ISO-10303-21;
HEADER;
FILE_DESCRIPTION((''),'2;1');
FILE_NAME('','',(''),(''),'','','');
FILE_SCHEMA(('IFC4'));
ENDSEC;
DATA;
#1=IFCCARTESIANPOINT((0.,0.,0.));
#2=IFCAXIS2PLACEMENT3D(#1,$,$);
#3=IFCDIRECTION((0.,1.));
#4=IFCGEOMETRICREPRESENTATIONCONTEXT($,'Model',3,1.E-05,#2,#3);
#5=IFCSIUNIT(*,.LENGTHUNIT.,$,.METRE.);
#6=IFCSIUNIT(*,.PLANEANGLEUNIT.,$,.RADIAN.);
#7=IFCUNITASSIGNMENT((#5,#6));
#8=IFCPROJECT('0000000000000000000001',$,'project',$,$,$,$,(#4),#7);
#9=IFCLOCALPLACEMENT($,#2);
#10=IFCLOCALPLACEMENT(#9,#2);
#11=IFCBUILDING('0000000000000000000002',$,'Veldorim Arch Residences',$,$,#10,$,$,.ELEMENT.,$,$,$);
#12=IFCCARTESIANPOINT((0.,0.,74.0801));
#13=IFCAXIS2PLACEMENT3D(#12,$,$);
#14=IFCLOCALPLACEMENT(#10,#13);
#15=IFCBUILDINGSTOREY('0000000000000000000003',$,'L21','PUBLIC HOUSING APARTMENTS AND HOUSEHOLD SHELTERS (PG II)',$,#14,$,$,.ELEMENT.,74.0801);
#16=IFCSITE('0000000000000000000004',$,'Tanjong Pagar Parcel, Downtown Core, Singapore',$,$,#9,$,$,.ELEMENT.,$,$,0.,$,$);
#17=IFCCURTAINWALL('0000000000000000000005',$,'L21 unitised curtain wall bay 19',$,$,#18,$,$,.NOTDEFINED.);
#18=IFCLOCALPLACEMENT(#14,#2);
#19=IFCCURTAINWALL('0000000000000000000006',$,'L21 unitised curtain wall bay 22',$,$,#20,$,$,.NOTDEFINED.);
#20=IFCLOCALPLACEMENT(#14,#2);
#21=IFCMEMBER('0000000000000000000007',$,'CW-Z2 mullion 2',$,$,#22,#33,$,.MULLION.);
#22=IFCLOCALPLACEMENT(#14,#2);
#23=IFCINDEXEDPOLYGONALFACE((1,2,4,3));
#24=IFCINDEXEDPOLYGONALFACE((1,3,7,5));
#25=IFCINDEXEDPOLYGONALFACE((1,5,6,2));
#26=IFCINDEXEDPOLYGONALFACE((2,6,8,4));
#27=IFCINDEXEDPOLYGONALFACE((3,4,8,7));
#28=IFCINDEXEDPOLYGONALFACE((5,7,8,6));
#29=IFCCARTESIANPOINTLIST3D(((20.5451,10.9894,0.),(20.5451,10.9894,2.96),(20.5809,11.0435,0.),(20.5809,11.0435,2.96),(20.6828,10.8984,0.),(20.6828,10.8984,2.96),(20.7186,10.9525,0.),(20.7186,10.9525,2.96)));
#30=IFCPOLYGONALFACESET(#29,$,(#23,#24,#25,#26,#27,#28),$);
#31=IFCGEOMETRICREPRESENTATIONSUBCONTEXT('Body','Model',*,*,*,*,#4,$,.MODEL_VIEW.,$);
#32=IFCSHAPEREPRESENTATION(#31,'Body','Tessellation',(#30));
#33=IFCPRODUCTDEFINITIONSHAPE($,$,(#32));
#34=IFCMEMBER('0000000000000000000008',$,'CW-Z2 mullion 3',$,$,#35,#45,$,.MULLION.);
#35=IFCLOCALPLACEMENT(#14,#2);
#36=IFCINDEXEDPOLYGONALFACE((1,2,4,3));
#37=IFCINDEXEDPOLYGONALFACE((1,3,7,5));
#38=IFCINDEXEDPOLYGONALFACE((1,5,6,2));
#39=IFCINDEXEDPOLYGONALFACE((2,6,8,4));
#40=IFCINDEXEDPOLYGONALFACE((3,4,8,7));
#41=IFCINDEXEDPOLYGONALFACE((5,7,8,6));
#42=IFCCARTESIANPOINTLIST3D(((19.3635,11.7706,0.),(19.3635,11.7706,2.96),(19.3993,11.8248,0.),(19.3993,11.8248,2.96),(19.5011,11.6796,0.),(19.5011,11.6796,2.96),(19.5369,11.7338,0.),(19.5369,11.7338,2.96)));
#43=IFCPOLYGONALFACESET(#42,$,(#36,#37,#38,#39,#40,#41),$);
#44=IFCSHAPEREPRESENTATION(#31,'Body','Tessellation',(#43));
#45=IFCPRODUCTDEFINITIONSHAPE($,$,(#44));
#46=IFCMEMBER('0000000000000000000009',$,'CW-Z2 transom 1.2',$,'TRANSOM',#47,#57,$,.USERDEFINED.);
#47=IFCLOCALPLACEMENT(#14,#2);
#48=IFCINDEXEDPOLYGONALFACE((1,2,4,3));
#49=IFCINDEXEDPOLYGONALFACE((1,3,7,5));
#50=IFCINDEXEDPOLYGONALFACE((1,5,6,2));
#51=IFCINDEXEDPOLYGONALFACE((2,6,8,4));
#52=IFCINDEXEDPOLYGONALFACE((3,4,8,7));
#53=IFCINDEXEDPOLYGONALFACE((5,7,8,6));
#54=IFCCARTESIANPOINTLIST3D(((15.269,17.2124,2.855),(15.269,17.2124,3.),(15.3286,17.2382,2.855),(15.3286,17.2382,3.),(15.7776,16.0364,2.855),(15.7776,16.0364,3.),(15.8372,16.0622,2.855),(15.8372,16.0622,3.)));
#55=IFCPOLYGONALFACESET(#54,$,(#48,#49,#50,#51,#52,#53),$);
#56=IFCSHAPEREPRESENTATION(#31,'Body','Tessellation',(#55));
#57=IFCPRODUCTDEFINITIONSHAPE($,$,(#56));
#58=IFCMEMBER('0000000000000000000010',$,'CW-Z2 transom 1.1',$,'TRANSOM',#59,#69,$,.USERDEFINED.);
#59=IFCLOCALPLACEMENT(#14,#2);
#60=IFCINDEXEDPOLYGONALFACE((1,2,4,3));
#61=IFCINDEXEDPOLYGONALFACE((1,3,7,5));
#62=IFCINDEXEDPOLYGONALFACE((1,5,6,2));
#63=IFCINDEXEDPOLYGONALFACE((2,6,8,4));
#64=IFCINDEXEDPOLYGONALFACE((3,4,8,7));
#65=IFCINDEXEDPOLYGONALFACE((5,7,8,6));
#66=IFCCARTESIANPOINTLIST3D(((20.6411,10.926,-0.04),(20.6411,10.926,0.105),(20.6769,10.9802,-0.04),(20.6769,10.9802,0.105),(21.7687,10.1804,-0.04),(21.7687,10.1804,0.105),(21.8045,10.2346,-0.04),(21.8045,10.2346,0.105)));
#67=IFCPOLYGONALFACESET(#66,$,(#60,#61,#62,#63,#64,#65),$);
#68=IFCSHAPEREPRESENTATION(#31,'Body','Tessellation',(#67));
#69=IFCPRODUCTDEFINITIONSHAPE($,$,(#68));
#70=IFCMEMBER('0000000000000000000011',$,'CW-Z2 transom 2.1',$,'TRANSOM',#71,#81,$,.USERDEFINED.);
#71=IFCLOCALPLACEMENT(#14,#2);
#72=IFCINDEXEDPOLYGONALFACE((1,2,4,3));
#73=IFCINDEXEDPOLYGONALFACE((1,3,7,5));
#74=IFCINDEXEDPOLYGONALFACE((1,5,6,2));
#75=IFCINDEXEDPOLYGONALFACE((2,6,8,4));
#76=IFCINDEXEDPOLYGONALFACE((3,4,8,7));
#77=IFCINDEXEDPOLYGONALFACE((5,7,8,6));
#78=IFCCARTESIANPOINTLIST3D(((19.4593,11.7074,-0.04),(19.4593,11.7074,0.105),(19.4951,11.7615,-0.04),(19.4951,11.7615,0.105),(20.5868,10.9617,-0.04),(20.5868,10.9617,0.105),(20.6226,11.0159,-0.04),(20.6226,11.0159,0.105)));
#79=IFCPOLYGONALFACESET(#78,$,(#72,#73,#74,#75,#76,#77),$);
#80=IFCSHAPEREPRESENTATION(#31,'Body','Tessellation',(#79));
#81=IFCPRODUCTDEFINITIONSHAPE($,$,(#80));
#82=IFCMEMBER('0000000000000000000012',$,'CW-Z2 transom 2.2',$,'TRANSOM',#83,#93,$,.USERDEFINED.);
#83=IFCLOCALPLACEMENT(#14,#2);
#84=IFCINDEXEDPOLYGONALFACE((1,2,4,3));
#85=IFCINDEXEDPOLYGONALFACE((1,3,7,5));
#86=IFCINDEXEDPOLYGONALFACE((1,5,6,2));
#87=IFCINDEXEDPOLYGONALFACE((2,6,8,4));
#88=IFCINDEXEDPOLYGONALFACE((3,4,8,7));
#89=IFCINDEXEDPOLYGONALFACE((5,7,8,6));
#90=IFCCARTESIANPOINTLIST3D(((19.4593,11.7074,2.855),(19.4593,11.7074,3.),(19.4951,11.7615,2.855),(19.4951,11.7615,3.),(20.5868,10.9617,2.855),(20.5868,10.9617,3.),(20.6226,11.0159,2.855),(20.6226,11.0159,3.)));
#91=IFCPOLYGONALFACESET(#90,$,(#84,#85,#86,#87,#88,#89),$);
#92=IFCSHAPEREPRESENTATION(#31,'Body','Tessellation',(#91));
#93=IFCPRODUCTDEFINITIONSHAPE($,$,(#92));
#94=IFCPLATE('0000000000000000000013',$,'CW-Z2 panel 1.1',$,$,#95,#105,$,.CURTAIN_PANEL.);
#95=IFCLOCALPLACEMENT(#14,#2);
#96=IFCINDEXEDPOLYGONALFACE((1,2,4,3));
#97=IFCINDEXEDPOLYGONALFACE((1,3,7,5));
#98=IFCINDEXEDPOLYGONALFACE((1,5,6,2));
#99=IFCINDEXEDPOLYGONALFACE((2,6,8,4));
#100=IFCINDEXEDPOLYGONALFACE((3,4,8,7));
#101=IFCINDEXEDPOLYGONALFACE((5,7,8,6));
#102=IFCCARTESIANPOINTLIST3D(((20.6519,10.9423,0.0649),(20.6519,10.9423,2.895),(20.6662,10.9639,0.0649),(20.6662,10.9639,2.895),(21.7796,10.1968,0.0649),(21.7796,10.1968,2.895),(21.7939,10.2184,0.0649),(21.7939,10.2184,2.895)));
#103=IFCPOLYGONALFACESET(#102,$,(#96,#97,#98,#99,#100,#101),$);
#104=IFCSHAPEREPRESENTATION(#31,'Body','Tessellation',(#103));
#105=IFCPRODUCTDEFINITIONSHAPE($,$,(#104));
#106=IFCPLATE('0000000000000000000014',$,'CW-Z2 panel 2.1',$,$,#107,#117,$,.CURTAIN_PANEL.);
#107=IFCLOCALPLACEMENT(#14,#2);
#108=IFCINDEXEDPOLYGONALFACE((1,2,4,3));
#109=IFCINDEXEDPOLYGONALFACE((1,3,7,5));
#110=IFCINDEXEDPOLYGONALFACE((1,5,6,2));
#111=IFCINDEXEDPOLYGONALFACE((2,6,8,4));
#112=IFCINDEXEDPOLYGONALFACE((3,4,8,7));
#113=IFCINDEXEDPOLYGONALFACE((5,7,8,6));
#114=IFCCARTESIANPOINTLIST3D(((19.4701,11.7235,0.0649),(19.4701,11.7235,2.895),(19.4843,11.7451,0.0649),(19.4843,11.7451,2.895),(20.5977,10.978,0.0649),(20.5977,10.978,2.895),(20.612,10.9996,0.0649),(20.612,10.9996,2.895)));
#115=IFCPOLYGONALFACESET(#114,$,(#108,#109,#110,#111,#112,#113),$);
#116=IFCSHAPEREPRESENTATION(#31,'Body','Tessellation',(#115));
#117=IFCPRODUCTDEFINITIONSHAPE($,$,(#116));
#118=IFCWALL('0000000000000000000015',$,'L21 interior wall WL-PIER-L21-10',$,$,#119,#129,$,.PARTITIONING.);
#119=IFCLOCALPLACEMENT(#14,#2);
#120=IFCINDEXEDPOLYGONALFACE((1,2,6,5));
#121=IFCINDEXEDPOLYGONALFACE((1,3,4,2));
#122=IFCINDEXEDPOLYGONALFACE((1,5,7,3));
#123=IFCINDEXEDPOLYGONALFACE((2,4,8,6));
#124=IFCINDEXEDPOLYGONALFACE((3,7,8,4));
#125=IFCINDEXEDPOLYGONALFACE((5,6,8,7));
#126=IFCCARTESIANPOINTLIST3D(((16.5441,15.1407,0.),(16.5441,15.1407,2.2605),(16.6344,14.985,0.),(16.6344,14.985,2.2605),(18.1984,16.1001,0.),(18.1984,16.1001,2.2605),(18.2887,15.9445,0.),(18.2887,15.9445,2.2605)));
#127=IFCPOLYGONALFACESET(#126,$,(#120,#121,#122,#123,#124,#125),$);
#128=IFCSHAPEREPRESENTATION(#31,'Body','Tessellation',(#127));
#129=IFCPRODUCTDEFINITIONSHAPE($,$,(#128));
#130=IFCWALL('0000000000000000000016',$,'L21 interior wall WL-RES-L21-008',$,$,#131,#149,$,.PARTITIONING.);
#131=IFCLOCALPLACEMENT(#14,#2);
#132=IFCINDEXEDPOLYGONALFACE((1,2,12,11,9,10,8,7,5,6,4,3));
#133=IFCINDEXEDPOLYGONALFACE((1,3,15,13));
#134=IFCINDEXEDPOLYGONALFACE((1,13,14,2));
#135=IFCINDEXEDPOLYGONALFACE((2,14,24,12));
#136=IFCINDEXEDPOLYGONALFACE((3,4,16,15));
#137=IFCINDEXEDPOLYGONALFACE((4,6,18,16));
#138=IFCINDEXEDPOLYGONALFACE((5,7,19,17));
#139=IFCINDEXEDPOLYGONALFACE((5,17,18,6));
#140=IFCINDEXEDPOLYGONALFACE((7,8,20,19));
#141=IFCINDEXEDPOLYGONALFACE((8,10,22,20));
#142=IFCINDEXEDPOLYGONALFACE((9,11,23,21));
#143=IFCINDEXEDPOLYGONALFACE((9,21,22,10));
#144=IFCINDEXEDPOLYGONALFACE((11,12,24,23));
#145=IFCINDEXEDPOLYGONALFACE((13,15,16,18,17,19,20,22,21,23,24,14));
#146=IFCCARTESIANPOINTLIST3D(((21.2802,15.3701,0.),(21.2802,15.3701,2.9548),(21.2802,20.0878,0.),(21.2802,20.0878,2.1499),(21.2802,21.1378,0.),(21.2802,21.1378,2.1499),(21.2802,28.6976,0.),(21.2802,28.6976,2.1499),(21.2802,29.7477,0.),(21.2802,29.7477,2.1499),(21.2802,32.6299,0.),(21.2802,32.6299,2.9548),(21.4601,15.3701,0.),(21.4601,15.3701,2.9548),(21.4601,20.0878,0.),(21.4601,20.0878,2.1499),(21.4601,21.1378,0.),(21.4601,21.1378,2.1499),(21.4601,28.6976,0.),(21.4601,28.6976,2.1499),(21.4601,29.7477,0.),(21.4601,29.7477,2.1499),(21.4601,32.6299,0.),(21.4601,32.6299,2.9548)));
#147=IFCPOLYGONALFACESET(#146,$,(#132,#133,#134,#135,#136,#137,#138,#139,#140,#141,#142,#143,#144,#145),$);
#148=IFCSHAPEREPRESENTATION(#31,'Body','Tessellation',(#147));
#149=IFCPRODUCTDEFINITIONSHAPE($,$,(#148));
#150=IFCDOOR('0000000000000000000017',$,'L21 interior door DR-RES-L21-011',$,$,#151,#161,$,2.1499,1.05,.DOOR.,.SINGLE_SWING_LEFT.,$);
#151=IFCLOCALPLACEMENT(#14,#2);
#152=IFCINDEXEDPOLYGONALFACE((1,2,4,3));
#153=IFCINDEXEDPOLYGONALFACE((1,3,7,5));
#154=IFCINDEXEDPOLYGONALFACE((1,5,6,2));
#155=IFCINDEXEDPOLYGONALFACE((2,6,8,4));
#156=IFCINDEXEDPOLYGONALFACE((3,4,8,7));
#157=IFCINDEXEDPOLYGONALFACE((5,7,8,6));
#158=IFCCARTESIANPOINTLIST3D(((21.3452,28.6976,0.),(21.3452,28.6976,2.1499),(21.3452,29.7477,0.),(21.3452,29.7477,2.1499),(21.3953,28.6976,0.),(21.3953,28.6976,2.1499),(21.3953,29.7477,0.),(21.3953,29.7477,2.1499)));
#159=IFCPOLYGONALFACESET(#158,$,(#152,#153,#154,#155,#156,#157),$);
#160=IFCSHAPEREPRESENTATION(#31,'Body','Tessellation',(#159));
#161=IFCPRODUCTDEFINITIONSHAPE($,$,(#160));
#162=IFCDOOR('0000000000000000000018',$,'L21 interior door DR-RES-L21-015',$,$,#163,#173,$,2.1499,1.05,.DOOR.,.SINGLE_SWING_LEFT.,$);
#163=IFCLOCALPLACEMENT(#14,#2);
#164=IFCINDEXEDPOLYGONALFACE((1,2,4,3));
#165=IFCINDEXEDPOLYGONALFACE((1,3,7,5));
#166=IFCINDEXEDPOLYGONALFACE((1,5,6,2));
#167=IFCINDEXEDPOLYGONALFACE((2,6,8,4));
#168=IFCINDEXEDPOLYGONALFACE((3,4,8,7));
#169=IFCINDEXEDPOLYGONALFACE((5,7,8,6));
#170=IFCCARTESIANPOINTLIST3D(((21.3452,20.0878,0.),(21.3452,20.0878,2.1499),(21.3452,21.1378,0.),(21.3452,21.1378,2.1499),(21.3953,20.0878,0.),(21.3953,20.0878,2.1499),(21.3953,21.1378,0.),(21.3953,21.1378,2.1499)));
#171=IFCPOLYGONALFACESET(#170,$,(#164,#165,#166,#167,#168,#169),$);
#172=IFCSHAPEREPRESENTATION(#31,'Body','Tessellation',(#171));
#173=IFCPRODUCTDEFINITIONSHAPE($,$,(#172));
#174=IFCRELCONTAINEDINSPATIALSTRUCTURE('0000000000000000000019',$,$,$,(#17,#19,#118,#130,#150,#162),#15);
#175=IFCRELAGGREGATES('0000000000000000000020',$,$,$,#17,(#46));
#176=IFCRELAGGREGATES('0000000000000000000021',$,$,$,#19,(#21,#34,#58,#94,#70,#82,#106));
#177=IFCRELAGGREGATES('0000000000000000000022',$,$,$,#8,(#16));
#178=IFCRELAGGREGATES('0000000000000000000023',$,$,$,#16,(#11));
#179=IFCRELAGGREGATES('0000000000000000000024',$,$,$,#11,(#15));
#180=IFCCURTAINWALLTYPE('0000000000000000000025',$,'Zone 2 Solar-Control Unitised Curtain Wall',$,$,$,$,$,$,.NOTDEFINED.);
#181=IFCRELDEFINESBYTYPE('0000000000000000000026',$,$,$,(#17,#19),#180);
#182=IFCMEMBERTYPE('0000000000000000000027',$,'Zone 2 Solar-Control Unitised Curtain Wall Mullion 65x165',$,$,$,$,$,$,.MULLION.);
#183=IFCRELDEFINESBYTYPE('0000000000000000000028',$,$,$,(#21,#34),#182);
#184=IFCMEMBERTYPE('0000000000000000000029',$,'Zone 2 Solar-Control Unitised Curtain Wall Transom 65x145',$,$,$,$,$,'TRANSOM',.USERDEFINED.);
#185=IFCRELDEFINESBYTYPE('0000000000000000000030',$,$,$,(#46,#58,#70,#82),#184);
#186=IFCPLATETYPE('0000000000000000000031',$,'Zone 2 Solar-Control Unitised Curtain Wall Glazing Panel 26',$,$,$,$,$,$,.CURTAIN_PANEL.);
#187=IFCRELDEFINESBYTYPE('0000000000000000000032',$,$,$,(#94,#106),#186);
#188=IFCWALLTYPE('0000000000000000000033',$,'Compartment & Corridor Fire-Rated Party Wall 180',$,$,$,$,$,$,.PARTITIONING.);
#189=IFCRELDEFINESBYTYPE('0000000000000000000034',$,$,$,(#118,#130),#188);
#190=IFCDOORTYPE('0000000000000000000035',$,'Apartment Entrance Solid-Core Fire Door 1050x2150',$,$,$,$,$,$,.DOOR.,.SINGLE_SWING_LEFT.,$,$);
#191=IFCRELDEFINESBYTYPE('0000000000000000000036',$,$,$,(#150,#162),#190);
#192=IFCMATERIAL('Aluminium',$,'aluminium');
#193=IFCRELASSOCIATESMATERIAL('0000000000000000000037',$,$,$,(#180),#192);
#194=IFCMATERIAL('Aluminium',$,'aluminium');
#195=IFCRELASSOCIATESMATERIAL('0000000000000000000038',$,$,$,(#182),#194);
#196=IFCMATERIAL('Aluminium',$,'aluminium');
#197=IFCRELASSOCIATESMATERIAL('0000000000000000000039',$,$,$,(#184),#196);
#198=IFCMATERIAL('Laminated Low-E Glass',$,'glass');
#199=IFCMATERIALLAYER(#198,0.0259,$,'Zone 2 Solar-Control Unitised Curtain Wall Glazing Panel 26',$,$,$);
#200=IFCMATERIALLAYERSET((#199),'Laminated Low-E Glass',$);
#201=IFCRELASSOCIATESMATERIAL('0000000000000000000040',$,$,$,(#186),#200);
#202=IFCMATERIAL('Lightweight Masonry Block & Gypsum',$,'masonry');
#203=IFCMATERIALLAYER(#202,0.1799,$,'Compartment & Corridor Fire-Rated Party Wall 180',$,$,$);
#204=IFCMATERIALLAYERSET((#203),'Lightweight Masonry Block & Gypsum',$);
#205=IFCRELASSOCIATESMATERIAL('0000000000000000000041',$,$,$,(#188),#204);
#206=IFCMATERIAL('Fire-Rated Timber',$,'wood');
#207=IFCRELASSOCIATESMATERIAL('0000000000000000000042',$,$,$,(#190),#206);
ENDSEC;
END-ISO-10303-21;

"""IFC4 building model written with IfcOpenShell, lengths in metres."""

from ifc_helpers import new_model, si_unit, direction, frame, frame_2d, origin, origin_2d, place, context, subcontext, project, spatial, rectangle, extrude, material, layer, layer_set, material_profile, profile_set, type_object, element, fill, aggregate, save


model = new_model("IFC4")

# Units and contexts
model_context = context("Model", 3, precision=1e-05, world=origin(), true_north=direction((0.0, 1.0)))
body_context = subcontext(model_context, "Body", "Model", "MODEL_VIEW")
ifc_project = project(units=[si_unit("LENGTHUNIT", "METRE"), si_unit("PLANEANGLEUNIT", "RADIAN")], contexts=[model_context])

# Site, building, storey
site_placement = place(None, origin())
site = spatial("IfcSite", under=ifc_project, at=site_placement, Name="Tanjong Pagar Parcel, Downtown Core, Singapore", CompositionType="ELEMENT", RefElevation=0.0)
building_placement = place(site_placement, origin())
building = spatial("IfcBuilding", under=site, at=building_placement, Name="Veldorim Arch Residences", CompositionType="ELEMENT")
storey_placement = place(building_placement, frame((0.0, 0.0, 74.0801)))
storey = spatial("IfcBuildingStorey", under=building, at=storey_placement, Name="L21", Description="PUBLIC HOUSING APARTMENTS AND HOUSEHOLD SHELTERS (PG II)", CompositionType="ELEMENT", Elevation=74.0801)

# Curtain wall
ifc_material_1 = material(Name="Aluminium", Category="aluminium")
curtain_wall_type = type_object("IfcCurtainWallType", Name="Zone 2 Solar-Control Unitised Curtain Wall", PredefinedType="NOTDEFINED", material=ifc_material_1)
curtain_wall_1_placement = place(storey_placement, origin())
curtain_wall_1 = element("IfcCurtainWall", 1, at=curtain_wall_1_placement, inside=storey, type_object=curtain_wall_type, Name="L21 unitised curtain wall bay 19", PredefinedType="NOTDEFINED")
ifc_material_2 = material(Name="Aluminium", Category="aluminium")
ifc_material_profile_1 = material_profile(ifc_material_2, rectangle(XDim=0.0649, YDim=0.165, at=origin_2d()), Name="ALU_MUL_65x165")
ifc_profile_set_1 = profile_set([ifc_material_profile_1], Name="Aluminium")
member_type_1 = type_object("IfcMemberType", Name="Zone 2 Solar-Control Unitised Curtain Wall Mullion 65x165", PredefinedType="MULLION", material=ifc_profile_set_1)

# Curtain wall, members
curtain_wall_2_placement = place(storey_placement, origin())
curtain_wall_2 = element("IfcCurtainWall", 2, at=curtain_wall_2_placement, inside=storey, type_object=curtain_wall_type, Name="L21 unitised curtain wall bay 22", PredefinedType="NOTDEFINED")
member_1_placement = place(storey_placement, frame((20.6318, 10.9709, 0.0), z_axis=(0.0, 0.0, 1.0), x_axis=(-0.551503, -0.834173, 0.0)))
member_1 = element("IfcMember", 3, at=member_1_placement, type_object=member_type_1, Name="CW-Z2 mullion 2", PredefinedType="MULLION", context=body_context, shape_type="SweptSolid", body=[
    extrude(rectangle(XDim=0.0649, YDim=0.165, at=origin_2d()), origin(), (0.0, 0.0, 1.0), 2.96),
])
member_2_placement = place(storey_placement, frame((19.4502, 11.7522, 0.0), z_axis=(0.0, 0.0, 1.0), x_axis=(-0.551503, -0.834173, 0.0)))
member_2 = element("IfcMember", 4, at=member_2_placement, type_object=member_type_1, Name="CW-Z2 mullion 3", PredefinedType="MULLION", context=body_context, shape_type="SweptSolid", body=[
    extrude(rectangle(XDim=0.0649, YDim=0.165, at=origin_2d()), origin(), (0.0, 0.0, 1.0), 2.96),
])

# Members
ifc_material_3 = material(Name="Aluminium", Category="aluminium")
ifc_material_profile_2 = material_profile(ifc_material_3, rectangle(XDim=0.0649, YDim=0.145, at=origin_2d()), Name="ALU_TRN_65x145")
ifc_profile_set_2 = profile_set([ifc_material_profile_2], Name="Aluminium")
member_type_2 = type_object("IfcMemberType", Name="Zone 2 Solar-Control Unitised Curtain Wall Transom 65x145", ElementType="TRANSOM", PredefinedType="USERDEFINED", material=ifc_profile_set_2)
member_3_placement = place(storey_placement, frame((15.8074, 16.0493, 2.9275), z_axis=(-0.396907, 0.917859, 0.0), x_axis=(-0.917859, -0.396907, 0.0)))
member_3 = element("IfcMember", 5, at=member_3_placement, type_object=member_type_2, Name="CW-Z2 transom 1.2", ObjectType="TRANSOM", PredefinedType="USERDEFINED", context=body_context, shape_type="SweptSolid", body=[
    extrude(rectangle(XDim=0.0649, YDim=0.145, at=origin_2d()), origin(), (0.0, 0.0, 1.0), 1.2812),
])
aggregate(curtain_wall_1, [member_3])
member_4_placement = place(storey_placement, frame((21.7866, 10.2075, 0.0325), z_axis=(-0.834156, 0.551529, 0.0), x_axis=(-0.551529, -0.834156, 0.0)))
member_4 = element("IfcMember", 6, at=member_4_placement, type_object=member_type_2, Name="CW-Z2 transom 1.1", ObjectType="TRANSOM", PredefinedType="USERDEFINED", context=body_context, shape_type="SweptSolid", body=[
    extrude(rectangle(XDim=0.0649, YDim=0.145, at=origin_2d()), origin(), (0.0, 0.0, 1.0), 1.3518),
])
member_5_placement = place(storey_placement, frame((20.6047, 10.9888, 0.0325), z_axis=(-0.834101, 0.551612, 0.0), x_axis=(-0.551612, -0.834101, 0.0)))
member_5 = element("IfcMember", 7, at=member_5_placement, type_object=member_type_2, Name="CW-Z2 transom 2.1", ObjectType="TRANSOM", PredefinedType="USERDEFINED", context=body_context, shape_type="SweptSolid", body=[
    extrude(rectangle(XDim=0.0649, YDim=0.145, at=origin_2d()), origin(), (0.0, 0.0, 1.0), 1.3518),
])
member_6_placement = place(storey_placement, frame((20.6047, 10.9888, 2.9275), z_axis=(-0.834101, 0.551612, 0.0), x_axis=(-0.551612, -0.834101, 0.0)))
member_6 = element("IfcMember", 8, at=member_6_placement, type_object=member_type_2, Name="CW-Z2 transom 2.2", ObjectType="TRANSOM", PredefinedType="USERDEFINED", context=body_context, shape_type="SweptSolid", body=[
    extrude(rectangle(XDim=0.0649, YDim=0.145, at=origin_2d()), origin(), (0.0, 0.0, 1.0), 1.3518),
])

# Plates
ifc_material_4 = material(Name="Laminated Low-E Glass", Category="glass")
ifc_layer_1 = layer(ifc_material_4, 0.0259, Name="Zone 2 Solar-Control Unitised Curtain Wall Glazing Panel 26")
ifc_layer_set_1 = layer_set([ifc_layer_1], Name="Laminated Low-E Glass")
plate_type = type_object("IfcPlateType", Name="Zone 2 Solar-Control Unitised Curtain Wall Glazing Panel 26", PredefinedType="CURTAIN_PANEL", material=ifc_layer_set_1)
plate_1_placement = place(storey_placement, frame((21.2229, 10.5803, 0.0649), z_axis=(0.0, 0.0, 1.0), x_axis=(-0.834173, 0.551503, 0.0)))
plate_1 = element("IfcPlate", 9, at=plate_1_placement, type_object=plate_type, Name="CW-Z2 panel 1.1", PredefinedType="CURTAIN_PANEL", context=body_context, shape_type="SweptSolid", body=[
    extrude(rectangle(XDim=1.3518, YDim=0.0259, at=origin_2d()), origin(), (0.0, 0.0, 1.0), 2.8301),
])
plate_2_placement = place(storey_placement, frame((20.041, 11.3616, 0.0649), z_axis=(0.0, 0.0, 1.0), x_axis=(-0.834173, 0.551503, 0.0)))
plate_2 = element("IfcPlate", 10, at=plate_2_placement, type_object=plate_type, Name="CW-Z2 panel 2.1", PredefinedType="CURTAIN_PANEL", context=body_context, shape_type="SweptSolid", body=[
    extrude(rectangle(XDim=1.3518, YDim=0.0259, at=origin_2d()), origin(), (0.0, 0.0, 1.0), 2.8301),
])
aggregate(curtain_wall_2, [member_1, member_2, member_4, plate_1, member_5, member_6, plate_2])

# Wall
ifc_material_5 = material(Name="Lightweight Masonry Block & Gypsum", Category="masonry")
ifc_layer_2 = layer(ifc_material_5, 0.1799, Name="Compartment & Corridor Fire-Rated Party Wall 180")
ifc_layer_set_2 = layer_set([ifc_layer_2], Name="Lightweight Masonry Block & Gypsum")
wall_type_1 = type_object("IfcWallType", Name="Compartment & Corridor Fire-Rated Party Wall 180", PredefinedType="PARTITIONING", material=ifc_layer_set_2)
wall_1_placement = place(storey_placement, frame((18.2434, 16.0222, 0.0), z_axis=(0.0, 0.0, 1.0), x_axis=(-0.865036, -0.50171, 0.0)))
element("IfcWall", 11, at=wall_1_placement, inside=storey, type_object=wall_type_1, Name="L21 interior wall WL-PIER-L21-10", PredefinedType="PARTITIONING", context=body_context, shape_type="SweptSolid", body=[
    extrude(rectangle(XDim=1.9124, YDim=0.1799, at=frame_2d((0.9561, 0.0))), origin(), (0.0, 0.0, 1.0), 2.2605),
])

# Wall, openings, doors
wall_2_placement = place(storey_placement, frame((21.3701, 15.3701, 0.0), z_axis=(0.0, 0.0, 1.0), x_axis=(0.0, 1.0, 0.0)))
wall_2 = element("IfcWall", 12, at=wall_2_placement, inside=storey, type_object=wall_type_1, Name="L21 interior wall WL-RES-L21-008", PredefinedType="PARTITIONING", context=body_context, shape_type="SweptSolid", body=[
    extrude(rectangle(XDim=17.2598, YDim=0.1799, at=frame_2d((8.6299, 0.0))), origin(), (0.0, 0.0, 1.0), 2.9548),
])
opening_1_placement = place(wall_2_placement, frame((13.3276, 0.0, 0.0)))
opening_1 = element("IfcOpeningElement", 13, at=opening_1_placement, cuts=wall_2, PredefinedType="OPENING", context=body_context, shape_type="SweptSolid", body=[
    extrude(rectangle(XDim=1.05, YDim=2.1499, at=frame_2d((0.5249, 1.075))), frame((0.0, 0.0999, 0.0), z_axis=(0.0, -1.0, 0.0), x_axis=(1.0, 0.0, 0.0)), (0.0, 0.0, 1.0), 0.2),
])
opening_2_placement = place(wall_2_placement, frame((4.7178, 0.0, 0.0)))
opening_2 = element("IfcOpeningElement", 14, at=opening_2_placement, cuts=wall_2, PredefinedType="OPENING", context=body_context, shape_type="SweptSolid", body=[
    extrude(rectangle(XDim=1.05, YDim=2.1499, at=frame_2d((0.5249, 1.075))), frame((0.0, 0.0999, 0.0), z_axis=(0.0, -1.0, 0.0), x_axis=(1.0, 0.0, 0.0)), (0.0, 0.0, 1.0), 0.2),
])
ifc_material_6 = material(Name="Fire-Rated Timber", Category="wood")
door_type = type_object("IfcDoorType", Name="Apartment Entrance Solid-Core Fire Door 1050x2150", OperationType="SINGLE_SWING_LEFT", PredefinedType="DOOR", material=ifc_material_6)
door_1_placement = place(opening_1_placement, origin())
door_1 = element("IfcDoor", 15, at=door_1_placement, inside=storey, type_object=door_type, Name="L21 interior door DR-RES-L21-011", OperationType="SINGLE_SWING_LEFT", OverallHeight=2.1499, OverallWidth=1.05, PredefinedType="DOOR", context=body_context, shape_type="SweptSolid", body=[
    extrude(rectangle(XDim=1.05, YDim=2.1499, at=frame_2d((0.5249, 1.075))), frame((0.0, 0.0249, 0.0), z_axis=(0.0, -1.0, 0.0), x_axis=(1.0, 0.0, 0.0)), (0.0, 0.0, 1.0), 0.05),
])
fill(opening_1, door_1)
door_2_placement = place(opening_2_placement, origin())
door_2 = element("IfcDoor", 16, at=door_2_placement, inside=storey, type_object=door_type, Name="L21 interior door DR-RES-L21-015", OperationType="SINGLE_SWING_LEFT", OverallHeight=2.1499, OverallWidth=1.05, PredefinedType="DOOR", context=body_context, shape_type="SweptSolid", body=[
    extrude(rectangle(XDim=1.05, YDim=2.1499, at=frame_2d((0.5249, 1.075))), frame((0.0, 0.0249, 0.0), z_axis=(0.0, -1.0, 0.0), x_axis=(1.0, 0.0, 0.0)), (0.0, 0.0, 1.0), 0.05),
])
fill(opening_2, door_2)

save(model, "model.ifc")
